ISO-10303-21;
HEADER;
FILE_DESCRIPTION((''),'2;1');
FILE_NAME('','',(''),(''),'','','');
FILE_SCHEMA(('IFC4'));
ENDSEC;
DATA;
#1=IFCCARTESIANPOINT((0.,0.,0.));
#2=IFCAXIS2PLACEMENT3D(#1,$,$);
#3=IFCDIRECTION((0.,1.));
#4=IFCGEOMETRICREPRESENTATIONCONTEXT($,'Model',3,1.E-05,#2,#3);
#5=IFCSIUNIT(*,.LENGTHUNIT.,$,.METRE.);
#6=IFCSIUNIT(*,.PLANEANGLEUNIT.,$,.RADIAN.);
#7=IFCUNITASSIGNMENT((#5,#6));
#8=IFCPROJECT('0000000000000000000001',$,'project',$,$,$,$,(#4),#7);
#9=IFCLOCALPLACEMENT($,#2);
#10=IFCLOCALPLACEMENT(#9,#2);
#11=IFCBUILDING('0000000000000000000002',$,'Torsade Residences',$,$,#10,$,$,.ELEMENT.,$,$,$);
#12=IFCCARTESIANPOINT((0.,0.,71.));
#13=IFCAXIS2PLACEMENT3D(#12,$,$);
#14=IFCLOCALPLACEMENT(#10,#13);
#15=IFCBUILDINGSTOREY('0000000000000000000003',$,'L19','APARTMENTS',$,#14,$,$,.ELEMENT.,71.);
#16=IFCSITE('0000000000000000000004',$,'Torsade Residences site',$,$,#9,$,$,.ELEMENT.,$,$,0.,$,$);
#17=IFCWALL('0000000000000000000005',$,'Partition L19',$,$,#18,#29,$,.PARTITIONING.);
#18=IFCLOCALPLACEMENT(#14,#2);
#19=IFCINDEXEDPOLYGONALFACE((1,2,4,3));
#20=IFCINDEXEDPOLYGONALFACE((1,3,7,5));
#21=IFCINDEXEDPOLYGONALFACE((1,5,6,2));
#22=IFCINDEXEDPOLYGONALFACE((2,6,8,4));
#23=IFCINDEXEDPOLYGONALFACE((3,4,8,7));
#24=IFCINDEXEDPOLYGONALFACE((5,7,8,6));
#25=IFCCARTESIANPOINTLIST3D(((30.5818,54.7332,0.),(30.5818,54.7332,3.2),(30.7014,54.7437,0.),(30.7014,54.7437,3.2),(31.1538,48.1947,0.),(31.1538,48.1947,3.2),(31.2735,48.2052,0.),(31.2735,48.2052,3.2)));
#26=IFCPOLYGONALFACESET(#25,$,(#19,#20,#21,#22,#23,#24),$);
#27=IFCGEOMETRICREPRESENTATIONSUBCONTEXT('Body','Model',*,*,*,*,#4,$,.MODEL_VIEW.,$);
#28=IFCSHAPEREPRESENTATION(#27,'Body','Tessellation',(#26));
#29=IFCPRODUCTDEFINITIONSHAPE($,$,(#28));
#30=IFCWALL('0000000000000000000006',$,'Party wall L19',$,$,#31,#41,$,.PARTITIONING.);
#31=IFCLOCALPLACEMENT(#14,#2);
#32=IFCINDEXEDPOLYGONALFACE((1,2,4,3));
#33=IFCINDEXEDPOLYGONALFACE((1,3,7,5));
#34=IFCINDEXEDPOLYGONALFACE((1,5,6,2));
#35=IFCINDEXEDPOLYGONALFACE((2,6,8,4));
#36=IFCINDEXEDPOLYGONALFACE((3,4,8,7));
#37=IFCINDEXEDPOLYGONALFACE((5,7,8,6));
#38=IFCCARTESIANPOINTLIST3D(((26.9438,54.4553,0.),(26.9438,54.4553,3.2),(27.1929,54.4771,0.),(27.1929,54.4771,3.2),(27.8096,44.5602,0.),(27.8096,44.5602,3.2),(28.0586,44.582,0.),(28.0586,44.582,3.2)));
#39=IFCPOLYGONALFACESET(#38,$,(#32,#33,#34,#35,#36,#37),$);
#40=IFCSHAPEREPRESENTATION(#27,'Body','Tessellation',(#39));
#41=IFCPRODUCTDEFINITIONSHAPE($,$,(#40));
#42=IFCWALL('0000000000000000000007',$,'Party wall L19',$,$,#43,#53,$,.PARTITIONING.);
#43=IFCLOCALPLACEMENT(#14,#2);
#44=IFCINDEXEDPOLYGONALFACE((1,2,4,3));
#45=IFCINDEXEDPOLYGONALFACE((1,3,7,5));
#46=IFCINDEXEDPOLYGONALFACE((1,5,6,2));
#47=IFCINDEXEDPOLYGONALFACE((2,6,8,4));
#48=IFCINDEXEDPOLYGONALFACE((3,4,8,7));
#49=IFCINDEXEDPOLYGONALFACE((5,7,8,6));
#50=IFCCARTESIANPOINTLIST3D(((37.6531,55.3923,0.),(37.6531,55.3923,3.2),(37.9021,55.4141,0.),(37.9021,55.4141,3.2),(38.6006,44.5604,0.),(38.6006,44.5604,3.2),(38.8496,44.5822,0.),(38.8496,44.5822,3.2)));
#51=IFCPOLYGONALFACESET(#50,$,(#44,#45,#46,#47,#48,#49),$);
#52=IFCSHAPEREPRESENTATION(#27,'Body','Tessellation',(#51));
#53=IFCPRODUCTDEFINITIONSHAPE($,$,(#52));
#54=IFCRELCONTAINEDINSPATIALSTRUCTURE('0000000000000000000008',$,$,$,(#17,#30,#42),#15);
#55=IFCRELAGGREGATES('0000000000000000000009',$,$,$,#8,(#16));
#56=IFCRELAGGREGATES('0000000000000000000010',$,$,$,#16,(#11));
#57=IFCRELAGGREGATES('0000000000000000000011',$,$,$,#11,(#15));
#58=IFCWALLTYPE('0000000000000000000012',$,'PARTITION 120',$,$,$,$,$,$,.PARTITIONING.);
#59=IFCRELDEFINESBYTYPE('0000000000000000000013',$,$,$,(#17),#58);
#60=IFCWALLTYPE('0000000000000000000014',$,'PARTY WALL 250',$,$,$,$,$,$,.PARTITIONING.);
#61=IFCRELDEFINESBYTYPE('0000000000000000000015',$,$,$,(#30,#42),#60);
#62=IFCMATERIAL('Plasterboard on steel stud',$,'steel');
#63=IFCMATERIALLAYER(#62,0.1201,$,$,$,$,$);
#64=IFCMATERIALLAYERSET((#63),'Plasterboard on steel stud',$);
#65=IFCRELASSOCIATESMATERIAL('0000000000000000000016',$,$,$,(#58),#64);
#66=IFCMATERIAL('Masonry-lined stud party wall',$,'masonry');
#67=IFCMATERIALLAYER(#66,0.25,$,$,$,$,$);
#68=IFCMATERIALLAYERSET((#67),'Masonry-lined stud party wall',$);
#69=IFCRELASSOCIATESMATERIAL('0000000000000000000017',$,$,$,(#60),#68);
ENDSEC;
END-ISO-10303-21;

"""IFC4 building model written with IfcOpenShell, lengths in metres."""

from ifc_helpers import new_model, si_unit, direction, frame, frame_2d, origin, place, context, subcontext, project, spatial, rectangle, extrude, material, layer, layer_set, type_object, element, save


model = new_model("IFC4")

# Units and contexts
model_context = context("Model", 3, precision=1e-05, world=origin(), true_north=direction((0.0, 1.0)))
body_context = subcontext(model_context, "Body", "Model", "MODEL_VIEW")
ifc_project = project(units=[si_unit("LENGTHUNIT", "METRE"), si_unit("PLANEANGLEUNIT", "RADIAN")], contexts=[model_context])

# Site, building, storey
site_placement = place(None, origin())
site = spatial("IfcSite", under=ifc_project, at=site_placement, Name="Torsade Residences site", CompositionType="ELEMENT", RefElevation=0.0)
building_placement = place(site_placement, origin())
building = spatial("IfcBuilding", under=site, at=building_placement, Name="Torsade Residences", CompositionType="ELEMENT")
storey_placement = place(building_placement, frame((0.0, 0.0, 71.0)))
storey = spatial("IfcBuildingStorey", under=building, at=storey_placement, Name="L19", Description="APARTMENTS", CompositionType="ELEMENT", Elevation=71.0)

# Shared definitions
ifc_material_1 = material(Name="Plasterboard on steel stud", Category="steel")
ifc_layer_1 = layer(ifc_material_1, 0.1201)
ifc_layer_set_1 = layer_set([ifc_layer_1], Name="Plasterboard on steel stud")
wall_type_1 = type_object("IfcWallType", Name="PARTITION 120", PredefinedType="PARTITIONING", material=ifc_layer_set_1)

# Walls
wall_1_placement = place(storey_placement, frame((31.2136, 48.2, 0.0), z_axis=(0.0, 0.0, 1.0), x_axis=(-0.087151, 0.996195, 0.0)))
element("IfcWall", 1, at=wall_1_placement, inside=storey, type_object=wall_type_1, Name="Partition L19", PredefinedType="PARTITIONING", context=body_context, shape_type="SweptSolid", body=[
    extrude(rectangle(XDim=6.5635, YDim=0.1201, at=frame_2d((3.2817, 0.0))), origin(), (0.0, 0.0, 1.0), 3.2),
])
ifc_material_2 = material(Name="Masonry-lined stud party wall", Category="masonry")
ifc_layer_2 = layer(ifc_material_2, 0.25)
ifc_layer_set_2 = layer_set([ifc_layer_2], Name="Masonry-lined stud party wall")
wall_type_2 = type_object("IfcWallType", Name="PARTY WALL 250", PredefinedType="PARTITIONING", material=ifc_layer_set_2)
wall_2_placement = place(storey_placement, frame((27.0684, 54.4661, 0.0), z_axis=(0.0, 0.0, 1.0), x_axis=(0.087158, -0.996195, 0.0)))
element("IfcWall", 2, at=wall_2_placement, inside=storey, type_object=wall_type_2, Name="Party wall L19", PredefinedType="PARTITIONING", context=body_context, shape_type="SweptSolid", body=[
    extrude(rectangle(XDim=9.9329, YDim=0.25, at=frame_2d((4.9663, 0.0))), origin(), (0.0, 0.0, 1.0), 3.2),
])
wall_3_placement = place(storey_placement, frame((37.7776, 55.4031, 0.0), z_axis=(0.0, 0.0, 1.0), x_axis=(0.08714, -0.996196, 0.0)))
element("IfcWall", 3, at=wall_3_placement, inside=storey, type_object=wall_type_2, Name="Party wall L19", PredefinedType="PARTITIONING", context=body_context, shape_type="SweptSolid", body=[
    extrude(rectangle(XDim=10.8733, YDim=0.25, at=frame_2d((5.4365, 0.0))), origin(), (0.0, 0.0, 1.0), 3.2),
])

save(model, "model.ifc")
